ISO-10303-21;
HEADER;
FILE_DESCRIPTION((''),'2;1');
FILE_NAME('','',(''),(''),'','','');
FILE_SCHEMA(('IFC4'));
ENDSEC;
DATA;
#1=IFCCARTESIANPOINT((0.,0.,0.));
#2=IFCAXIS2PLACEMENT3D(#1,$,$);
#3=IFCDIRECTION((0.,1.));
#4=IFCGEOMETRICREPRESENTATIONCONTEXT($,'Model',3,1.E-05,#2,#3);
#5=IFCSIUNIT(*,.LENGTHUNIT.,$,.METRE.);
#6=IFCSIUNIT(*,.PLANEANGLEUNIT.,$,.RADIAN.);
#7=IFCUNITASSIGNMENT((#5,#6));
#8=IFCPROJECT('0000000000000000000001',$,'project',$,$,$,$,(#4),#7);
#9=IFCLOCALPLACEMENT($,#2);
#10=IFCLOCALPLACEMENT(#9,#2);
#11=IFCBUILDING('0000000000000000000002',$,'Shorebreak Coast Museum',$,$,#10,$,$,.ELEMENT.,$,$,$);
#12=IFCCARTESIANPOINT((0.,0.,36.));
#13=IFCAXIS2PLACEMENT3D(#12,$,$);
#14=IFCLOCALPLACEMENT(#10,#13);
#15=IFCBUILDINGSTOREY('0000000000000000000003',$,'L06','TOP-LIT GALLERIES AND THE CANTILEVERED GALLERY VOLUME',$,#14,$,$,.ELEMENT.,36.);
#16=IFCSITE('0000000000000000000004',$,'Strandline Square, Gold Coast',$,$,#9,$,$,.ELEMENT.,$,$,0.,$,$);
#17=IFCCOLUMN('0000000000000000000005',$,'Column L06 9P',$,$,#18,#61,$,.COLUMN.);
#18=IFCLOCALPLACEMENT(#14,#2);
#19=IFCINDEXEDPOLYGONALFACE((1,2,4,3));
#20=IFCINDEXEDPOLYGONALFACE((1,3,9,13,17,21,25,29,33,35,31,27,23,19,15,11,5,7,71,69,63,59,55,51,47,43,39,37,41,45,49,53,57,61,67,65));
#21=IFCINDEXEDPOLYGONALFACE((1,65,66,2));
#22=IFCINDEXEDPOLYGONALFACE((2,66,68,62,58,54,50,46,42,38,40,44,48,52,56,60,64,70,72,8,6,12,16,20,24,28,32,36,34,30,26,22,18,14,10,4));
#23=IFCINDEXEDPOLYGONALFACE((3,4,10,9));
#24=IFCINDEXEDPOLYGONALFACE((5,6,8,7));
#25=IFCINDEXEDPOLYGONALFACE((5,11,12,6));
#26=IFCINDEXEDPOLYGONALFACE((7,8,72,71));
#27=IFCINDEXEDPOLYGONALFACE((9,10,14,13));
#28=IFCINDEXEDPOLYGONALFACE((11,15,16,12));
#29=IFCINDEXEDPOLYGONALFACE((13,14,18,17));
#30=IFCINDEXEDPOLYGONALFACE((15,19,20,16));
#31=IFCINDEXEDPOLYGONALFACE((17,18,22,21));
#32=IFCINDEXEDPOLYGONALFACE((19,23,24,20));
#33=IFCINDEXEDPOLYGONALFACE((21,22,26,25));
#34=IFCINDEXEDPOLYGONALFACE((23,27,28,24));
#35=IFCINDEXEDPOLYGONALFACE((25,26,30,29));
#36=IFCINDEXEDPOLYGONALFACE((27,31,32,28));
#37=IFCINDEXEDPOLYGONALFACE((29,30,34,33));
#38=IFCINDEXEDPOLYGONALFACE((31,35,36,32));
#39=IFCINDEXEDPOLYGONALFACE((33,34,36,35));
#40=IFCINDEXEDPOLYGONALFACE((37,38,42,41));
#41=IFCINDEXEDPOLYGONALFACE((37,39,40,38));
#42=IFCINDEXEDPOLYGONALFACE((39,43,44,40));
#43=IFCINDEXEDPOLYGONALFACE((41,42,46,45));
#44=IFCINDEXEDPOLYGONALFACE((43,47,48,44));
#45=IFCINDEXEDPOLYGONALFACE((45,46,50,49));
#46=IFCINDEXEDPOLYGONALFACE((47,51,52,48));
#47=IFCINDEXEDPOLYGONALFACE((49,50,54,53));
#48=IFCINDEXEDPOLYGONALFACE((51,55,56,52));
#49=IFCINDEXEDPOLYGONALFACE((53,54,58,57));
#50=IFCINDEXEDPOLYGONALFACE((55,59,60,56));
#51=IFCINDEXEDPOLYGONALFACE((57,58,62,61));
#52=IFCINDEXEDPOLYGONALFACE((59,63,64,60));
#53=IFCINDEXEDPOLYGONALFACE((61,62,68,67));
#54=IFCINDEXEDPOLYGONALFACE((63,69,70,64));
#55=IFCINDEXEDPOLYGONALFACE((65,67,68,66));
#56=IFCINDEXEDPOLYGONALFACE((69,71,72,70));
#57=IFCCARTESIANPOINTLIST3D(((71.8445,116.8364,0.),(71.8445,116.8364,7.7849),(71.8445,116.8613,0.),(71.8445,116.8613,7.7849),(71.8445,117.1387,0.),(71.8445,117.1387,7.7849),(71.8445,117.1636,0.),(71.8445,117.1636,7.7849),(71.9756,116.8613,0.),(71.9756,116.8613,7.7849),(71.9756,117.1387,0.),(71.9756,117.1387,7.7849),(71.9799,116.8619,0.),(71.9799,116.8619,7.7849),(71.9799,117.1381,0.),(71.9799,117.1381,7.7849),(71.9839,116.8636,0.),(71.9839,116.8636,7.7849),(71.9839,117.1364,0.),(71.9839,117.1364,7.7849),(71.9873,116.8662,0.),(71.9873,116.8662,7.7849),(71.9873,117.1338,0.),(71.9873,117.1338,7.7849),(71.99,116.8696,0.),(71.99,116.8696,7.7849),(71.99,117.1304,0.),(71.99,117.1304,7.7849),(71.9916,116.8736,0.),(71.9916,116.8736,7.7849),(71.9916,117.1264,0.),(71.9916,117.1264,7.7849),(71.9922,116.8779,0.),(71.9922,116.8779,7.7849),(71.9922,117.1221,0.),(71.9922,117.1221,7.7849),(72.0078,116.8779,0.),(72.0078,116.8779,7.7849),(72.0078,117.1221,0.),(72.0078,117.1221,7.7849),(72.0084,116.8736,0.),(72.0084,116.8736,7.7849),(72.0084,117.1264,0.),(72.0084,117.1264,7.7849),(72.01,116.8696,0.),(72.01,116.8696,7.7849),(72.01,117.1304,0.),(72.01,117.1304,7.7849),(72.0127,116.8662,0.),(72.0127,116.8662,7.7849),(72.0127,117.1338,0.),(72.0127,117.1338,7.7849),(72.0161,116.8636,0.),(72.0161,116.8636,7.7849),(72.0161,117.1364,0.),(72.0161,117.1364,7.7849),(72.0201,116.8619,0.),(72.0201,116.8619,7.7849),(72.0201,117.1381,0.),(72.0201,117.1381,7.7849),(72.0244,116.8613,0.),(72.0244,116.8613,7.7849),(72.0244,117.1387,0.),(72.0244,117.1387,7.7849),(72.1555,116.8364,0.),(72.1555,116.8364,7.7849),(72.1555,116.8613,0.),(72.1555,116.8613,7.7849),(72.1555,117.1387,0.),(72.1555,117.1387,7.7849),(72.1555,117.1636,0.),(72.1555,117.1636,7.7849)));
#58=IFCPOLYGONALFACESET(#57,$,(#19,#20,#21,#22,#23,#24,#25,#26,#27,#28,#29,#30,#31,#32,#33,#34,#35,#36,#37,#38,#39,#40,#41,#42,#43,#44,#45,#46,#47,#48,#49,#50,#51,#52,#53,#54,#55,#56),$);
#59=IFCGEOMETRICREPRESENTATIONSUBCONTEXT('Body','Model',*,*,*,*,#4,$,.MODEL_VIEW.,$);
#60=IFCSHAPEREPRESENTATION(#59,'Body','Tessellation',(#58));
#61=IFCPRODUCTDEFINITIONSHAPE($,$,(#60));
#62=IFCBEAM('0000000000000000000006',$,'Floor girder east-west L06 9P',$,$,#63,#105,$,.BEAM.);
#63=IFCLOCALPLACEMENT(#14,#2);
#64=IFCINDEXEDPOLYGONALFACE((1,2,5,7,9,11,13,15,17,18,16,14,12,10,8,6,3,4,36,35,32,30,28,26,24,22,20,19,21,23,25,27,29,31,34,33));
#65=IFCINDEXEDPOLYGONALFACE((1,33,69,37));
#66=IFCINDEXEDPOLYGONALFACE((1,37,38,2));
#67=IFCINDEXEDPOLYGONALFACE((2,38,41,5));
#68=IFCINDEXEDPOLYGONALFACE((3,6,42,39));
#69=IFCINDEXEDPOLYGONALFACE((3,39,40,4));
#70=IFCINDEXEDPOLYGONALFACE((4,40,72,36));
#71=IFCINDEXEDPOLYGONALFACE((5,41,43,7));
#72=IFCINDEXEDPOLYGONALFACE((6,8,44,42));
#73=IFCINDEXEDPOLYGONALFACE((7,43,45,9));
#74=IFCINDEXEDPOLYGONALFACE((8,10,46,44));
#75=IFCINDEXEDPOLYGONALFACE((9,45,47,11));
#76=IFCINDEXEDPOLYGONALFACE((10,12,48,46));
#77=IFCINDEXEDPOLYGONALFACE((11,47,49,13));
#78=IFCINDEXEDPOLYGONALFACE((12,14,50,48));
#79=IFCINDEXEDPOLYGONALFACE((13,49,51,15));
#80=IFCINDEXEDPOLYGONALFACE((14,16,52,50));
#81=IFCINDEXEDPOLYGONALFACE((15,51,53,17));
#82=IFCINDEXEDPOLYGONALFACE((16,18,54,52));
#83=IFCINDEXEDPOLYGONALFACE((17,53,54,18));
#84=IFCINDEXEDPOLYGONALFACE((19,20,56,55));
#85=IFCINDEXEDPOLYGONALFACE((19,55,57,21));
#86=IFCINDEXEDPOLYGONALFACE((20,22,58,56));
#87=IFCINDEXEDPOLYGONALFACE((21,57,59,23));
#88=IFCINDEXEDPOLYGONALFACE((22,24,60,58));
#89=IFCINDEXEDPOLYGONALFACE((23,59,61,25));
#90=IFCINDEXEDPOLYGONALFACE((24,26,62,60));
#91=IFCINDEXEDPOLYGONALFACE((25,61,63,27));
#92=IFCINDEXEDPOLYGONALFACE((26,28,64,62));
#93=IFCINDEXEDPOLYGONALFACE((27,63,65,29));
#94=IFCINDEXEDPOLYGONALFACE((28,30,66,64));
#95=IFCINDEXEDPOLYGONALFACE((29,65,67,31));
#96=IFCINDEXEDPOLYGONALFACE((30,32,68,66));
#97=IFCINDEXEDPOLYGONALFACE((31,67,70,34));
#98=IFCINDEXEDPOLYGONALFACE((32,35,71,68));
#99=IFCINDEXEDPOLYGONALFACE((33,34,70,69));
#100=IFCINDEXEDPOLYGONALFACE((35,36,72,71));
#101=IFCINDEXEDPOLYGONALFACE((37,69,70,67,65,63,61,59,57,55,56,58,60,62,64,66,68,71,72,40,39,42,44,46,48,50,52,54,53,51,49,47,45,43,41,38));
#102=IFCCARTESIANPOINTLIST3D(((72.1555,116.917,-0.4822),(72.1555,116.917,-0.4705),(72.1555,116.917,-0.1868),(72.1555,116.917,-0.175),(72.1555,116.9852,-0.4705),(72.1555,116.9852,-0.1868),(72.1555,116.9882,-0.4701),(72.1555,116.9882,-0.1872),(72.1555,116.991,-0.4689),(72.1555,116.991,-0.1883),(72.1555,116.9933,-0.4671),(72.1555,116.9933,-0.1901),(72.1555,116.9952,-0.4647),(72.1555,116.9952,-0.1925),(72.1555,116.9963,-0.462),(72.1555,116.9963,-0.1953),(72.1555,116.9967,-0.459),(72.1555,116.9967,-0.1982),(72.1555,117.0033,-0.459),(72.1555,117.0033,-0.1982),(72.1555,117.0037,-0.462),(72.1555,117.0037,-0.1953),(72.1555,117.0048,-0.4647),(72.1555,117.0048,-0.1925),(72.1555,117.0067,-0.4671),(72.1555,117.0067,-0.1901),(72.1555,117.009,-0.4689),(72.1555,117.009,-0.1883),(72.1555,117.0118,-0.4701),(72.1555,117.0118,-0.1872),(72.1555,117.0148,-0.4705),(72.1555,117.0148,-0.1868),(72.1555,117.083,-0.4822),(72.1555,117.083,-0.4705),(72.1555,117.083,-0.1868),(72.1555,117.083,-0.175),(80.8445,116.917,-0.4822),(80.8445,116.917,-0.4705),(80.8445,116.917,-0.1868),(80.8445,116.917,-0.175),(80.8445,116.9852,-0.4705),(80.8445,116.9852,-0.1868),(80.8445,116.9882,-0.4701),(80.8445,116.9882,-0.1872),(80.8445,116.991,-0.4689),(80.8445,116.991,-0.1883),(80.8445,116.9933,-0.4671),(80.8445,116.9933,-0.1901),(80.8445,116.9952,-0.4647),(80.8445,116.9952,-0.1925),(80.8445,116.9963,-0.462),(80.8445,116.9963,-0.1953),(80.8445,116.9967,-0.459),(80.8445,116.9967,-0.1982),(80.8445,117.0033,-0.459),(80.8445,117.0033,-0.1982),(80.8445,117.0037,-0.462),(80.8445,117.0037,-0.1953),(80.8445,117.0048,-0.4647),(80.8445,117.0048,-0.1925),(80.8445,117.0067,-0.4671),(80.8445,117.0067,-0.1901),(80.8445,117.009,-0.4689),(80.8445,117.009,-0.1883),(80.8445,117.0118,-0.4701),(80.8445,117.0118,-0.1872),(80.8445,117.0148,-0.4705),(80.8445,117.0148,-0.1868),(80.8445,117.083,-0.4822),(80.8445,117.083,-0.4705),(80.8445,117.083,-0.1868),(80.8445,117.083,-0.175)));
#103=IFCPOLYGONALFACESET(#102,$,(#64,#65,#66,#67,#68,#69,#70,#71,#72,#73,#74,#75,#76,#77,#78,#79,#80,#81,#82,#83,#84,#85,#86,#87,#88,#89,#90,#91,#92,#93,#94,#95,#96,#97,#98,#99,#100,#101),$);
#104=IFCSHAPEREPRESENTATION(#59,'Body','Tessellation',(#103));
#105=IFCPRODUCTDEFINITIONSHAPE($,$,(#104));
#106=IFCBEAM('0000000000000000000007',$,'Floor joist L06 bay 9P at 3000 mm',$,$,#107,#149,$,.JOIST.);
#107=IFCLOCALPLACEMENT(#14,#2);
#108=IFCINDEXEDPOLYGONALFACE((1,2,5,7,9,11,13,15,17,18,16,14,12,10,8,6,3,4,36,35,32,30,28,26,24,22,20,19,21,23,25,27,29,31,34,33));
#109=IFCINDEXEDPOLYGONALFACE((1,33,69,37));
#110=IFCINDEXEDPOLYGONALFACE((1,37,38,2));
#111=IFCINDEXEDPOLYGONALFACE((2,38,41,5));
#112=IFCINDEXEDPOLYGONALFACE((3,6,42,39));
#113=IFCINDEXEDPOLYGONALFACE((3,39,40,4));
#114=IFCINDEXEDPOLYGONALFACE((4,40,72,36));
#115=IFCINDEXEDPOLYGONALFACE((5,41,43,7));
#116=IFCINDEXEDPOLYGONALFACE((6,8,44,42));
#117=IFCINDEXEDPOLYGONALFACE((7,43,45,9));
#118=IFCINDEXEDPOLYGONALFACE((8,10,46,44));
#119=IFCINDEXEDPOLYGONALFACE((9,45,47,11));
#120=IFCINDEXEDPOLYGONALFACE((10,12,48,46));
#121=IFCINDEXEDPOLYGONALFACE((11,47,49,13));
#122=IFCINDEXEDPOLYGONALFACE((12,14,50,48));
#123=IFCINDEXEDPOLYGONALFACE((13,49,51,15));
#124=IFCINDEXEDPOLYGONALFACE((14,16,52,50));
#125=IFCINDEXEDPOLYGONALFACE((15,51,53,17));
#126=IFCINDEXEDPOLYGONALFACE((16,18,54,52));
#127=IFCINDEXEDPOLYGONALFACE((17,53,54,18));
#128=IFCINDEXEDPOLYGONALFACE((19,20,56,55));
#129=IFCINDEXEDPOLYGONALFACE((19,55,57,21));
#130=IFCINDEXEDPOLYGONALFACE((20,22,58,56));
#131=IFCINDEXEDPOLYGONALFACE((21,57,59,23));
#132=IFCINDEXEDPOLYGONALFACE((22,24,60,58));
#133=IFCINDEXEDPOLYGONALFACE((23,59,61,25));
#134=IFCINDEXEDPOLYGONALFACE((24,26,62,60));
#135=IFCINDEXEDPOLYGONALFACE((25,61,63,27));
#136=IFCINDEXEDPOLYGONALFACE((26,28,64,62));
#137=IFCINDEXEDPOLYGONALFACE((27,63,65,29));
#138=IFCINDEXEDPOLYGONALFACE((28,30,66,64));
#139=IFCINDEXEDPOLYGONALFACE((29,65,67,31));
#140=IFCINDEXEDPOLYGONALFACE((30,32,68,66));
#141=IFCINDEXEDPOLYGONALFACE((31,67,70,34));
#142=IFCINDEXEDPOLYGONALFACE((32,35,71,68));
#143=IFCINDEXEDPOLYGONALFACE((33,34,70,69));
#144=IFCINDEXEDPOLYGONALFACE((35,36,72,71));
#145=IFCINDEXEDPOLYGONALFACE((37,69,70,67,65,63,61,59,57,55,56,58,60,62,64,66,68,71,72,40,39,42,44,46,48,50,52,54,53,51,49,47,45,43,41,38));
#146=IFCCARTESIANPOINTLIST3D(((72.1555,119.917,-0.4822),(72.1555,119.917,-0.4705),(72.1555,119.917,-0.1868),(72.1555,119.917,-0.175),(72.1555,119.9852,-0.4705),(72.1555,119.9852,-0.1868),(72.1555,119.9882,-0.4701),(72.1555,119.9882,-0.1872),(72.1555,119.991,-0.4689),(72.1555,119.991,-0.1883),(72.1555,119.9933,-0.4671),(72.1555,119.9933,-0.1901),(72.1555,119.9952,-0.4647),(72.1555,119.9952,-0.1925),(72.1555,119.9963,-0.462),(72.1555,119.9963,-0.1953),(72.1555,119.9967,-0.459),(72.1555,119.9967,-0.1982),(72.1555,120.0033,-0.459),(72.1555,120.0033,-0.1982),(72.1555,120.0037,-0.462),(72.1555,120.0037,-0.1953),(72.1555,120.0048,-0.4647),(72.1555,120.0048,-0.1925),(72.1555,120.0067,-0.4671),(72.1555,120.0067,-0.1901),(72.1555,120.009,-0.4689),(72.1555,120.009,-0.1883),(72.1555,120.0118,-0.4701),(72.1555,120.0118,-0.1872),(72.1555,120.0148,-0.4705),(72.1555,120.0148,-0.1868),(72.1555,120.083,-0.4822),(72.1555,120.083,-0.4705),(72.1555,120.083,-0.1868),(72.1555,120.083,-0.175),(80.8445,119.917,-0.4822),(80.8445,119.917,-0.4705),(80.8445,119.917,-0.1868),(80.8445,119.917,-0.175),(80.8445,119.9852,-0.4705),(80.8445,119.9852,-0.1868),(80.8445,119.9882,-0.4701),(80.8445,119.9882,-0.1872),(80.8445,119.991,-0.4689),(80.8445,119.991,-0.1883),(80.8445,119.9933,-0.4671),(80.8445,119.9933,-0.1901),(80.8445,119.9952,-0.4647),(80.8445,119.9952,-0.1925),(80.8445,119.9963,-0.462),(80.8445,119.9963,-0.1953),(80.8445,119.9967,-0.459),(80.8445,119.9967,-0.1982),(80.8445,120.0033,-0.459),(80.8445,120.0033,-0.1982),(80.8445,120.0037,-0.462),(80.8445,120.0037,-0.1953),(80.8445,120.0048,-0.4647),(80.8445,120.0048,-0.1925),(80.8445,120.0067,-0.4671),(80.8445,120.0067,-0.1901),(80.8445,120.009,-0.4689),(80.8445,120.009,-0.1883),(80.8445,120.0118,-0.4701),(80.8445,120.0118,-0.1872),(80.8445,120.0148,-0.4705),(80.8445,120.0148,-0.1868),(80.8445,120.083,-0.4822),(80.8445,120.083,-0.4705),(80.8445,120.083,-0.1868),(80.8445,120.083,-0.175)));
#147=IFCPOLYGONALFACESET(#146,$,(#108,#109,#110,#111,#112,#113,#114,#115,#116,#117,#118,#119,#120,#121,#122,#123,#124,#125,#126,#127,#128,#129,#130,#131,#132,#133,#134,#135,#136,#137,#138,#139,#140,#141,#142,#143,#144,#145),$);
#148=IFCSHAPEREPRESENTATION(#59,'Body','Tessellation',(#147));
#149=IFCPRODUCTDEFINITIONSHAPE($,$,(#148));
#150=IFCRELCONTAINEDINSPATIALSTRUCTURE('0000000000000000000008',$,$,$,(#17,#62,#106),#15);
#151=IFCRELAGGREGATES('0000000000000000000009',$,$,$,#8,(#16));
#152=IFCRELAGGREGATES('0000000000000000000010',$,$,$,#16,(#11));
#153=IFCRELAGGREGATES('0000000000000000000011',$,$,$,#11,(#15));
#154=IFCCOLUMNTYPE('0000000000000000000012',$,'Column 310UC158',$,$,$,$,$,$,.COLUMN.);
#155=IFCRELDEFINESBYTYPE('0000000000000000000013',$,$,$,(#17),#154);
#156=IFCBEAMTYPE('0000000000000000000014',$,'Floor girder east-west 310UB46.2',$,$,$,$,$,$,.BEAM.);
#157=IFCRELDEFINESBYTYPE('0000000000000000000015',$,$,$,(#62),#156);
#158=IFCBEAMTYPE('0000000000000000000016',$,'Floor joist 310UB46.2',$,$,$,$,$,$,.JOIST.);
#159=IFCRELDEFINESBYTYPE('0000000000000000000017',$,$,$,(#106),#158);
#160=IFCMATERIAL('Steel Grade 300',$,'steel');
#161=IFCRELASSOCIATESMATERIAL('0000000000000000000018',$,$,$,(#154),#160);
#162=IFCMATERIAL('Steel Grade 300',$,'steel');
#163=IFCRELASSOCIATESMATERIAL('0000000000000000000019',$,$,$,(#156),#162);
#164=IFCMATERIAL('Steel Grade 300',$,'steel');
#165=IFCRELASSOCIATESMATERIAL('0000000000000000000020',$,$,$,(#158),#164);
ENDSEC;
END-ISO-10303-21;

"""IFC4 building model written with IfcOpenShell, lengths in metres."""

from ifc_helpers import new_model, si_unit, direction, frame, origin, origin_2d, place, context, subcontext, project, spatial, i_section, extrude, material, material_profile, profile_set, type_object, element, save


model = new_model("IFC4")

# Units and contexts
model_context = context("Model", 3, precision=1e-05, world=origin(), true_north=direction((0.0, 1.0)))
body_context = subcontext(model_context, "Body", "Model", "MODEL_VIEW")
ifc_project = project(units=[si_unit("LENGTHUNIT", "METRE"), si_unit("PLANEANGLEUNIT", "RADIAN")], contexts=[model_context])

# Site, building, storey
site_placement = place(None, origin())
site = spatial("IfcSite", under=ifc_project, at=site_placement, Name="Strandline Square, Gold Coast", CompositionType="ELEMENT", RefElevation=0.0)
building_placement = place(site_placement, origin())
building = spatial("IfcBuilding", under=site, at=building_placement, Name="Shorebreak Coast Museum", CompositionType="ELEMENT")
storey_placement = place(building_placement, frame((0.0, 0.0, 36.0)))
storey = spatial("IfcBuildingStorey", under=building, at=storey_placement, Name="L06", Description="TOP-LIT GALLERIES AND THE CANTILEVERED GALLERY VOLUME", CompositionType="ELEMENT", Elevation=36.0)

# Column
ifc_material_1 = material(Name="Steel Grade 300", Category="steel")
ifc_material_profile_1 = material_profile(ifc_material_1, i_section(OverallWidth=0.311, OverallDepth=0.3271, WebThickness=0.0156, FlangeThickness=0.0249, FilletRadius=0.0166, at=origin_2d()), Name="310UC158")
ifc_profile_set_1 = profile_set([ifc_material_profile_1], Name="Steel Grade 300")
column_type = type_object("IfcColumnType", Name="Column 310UC158", PredefinedType="COLUMN", material=ifc_profile_set_1)
column_placement = place(storey_placement, frame((72.0, 117.0, 0.0), z_axis=(0.0, 0.0, 1.0), x_axis=(1.0, 0.0, 0.0)))
element("IfcColumn", 1, at=column_placement, inside=storey, type_object=column_type, Name="Column L06 9P", PredefinedType="COLUMN", context=body_context, shape_type="SweptSolid", body=[
    extrude(i_section(OverallWidth=0.311, OverallDepth=0.3271, WebThickness=0.0156, FlangeThickness=0.0249, FilletRadius=0.0166, at=origin_2d()), origin(), (0.0, 0.0, 1.0), 7.7849),
])

# Beams
ifc_material_2 = material(Name="Steel Grade 300", Category="steel")
ifc_material_profile_2 = material_profile(ifc_material_2, i_section(OverallWidth=0.166, OverallDepth=0.3071, WebThickness=0.0066, FlangeThickness=0.0117, FilletRadius=0.0115, at=origin_2d()), Name="310UB46.2")
ifc_profile_set_2 = profile_set([ifc_material_profile_2], Name="Steel Grade 300")
beam_type_1 = type_object("IfcBeamType", Name="Floor girder east-west 310UB46.2", PredefinedType="BEAM", material=ifc_profile_set_2)
beam_1_placement = place(storey_placement, frame((72.1555, 117.0, -0.3286), z_axis=(1.0, 0.0, 0.0), x_axis=(0.0, 1.0, 0.0)))
element("IfcBeam", 2, at=beam_1_placement, inside=storey, type_object=beam_type_1, Name="Floor girder east-west L06 9P", PredefinedType="BEAM", context=body_context, shape_type="SweptSolid", body=[
    extrude(i_section(OverallWidth=0.166, OverallDepth=0.3071, WebThickness=0.0066, FlangeThickness=0.0117, FilletRadius=0.0115, at=origin_2d()), origin(), (0.0, 0.0, 1.0), 8.689),
])
ifc_material_3 = material(Name="Steel Grade 300", Category="steel")
ifc_material_profile_3 = material_profile(ifc_material_3, i_section(OverallWidth=0.166, OverallDepth=0.3071, WebThickness=0.0066, FlangeThickness=0.0117, FilletRadius=0.0115, at=origin_2d()), Name="310UB46.2")
ifc_profile_set_3 = profile_set([ifc_material_profile_3], Name="Steel Grade 300")
beam_type_2 = type_object("IfcBeamType", Name="Floor joist 310UB46.2", PredefinedType="JOIST", material=ifc_profile_set_3)
beam_2_placement = place(storey_placement, frame((72.1555, 120.0, -0.3286), z_axis=(1.0, 0.0, 0.0), x_axis=(0.0, 1.0, 0.0)))
element("IfcBeam", 3, at=beam_2_placement, inside=storey, type_object=beam_type_2, Name="Floor joist L06 bay 9P at 3000 mm", PredefinedType="JOIST", context=body_context, shape_type="SweptSolid", body=[
    extrude(i_section(OverallWidth=0.166, OverallDepth=0.3071, WebThickness=0.0066, FlangeThickness=0.0117, FilletRadius=0.0115, at=origin_2d()), origin(), (0.0, 0.0, 1.0), 8.689),
])

save(model, "model.ifc")
